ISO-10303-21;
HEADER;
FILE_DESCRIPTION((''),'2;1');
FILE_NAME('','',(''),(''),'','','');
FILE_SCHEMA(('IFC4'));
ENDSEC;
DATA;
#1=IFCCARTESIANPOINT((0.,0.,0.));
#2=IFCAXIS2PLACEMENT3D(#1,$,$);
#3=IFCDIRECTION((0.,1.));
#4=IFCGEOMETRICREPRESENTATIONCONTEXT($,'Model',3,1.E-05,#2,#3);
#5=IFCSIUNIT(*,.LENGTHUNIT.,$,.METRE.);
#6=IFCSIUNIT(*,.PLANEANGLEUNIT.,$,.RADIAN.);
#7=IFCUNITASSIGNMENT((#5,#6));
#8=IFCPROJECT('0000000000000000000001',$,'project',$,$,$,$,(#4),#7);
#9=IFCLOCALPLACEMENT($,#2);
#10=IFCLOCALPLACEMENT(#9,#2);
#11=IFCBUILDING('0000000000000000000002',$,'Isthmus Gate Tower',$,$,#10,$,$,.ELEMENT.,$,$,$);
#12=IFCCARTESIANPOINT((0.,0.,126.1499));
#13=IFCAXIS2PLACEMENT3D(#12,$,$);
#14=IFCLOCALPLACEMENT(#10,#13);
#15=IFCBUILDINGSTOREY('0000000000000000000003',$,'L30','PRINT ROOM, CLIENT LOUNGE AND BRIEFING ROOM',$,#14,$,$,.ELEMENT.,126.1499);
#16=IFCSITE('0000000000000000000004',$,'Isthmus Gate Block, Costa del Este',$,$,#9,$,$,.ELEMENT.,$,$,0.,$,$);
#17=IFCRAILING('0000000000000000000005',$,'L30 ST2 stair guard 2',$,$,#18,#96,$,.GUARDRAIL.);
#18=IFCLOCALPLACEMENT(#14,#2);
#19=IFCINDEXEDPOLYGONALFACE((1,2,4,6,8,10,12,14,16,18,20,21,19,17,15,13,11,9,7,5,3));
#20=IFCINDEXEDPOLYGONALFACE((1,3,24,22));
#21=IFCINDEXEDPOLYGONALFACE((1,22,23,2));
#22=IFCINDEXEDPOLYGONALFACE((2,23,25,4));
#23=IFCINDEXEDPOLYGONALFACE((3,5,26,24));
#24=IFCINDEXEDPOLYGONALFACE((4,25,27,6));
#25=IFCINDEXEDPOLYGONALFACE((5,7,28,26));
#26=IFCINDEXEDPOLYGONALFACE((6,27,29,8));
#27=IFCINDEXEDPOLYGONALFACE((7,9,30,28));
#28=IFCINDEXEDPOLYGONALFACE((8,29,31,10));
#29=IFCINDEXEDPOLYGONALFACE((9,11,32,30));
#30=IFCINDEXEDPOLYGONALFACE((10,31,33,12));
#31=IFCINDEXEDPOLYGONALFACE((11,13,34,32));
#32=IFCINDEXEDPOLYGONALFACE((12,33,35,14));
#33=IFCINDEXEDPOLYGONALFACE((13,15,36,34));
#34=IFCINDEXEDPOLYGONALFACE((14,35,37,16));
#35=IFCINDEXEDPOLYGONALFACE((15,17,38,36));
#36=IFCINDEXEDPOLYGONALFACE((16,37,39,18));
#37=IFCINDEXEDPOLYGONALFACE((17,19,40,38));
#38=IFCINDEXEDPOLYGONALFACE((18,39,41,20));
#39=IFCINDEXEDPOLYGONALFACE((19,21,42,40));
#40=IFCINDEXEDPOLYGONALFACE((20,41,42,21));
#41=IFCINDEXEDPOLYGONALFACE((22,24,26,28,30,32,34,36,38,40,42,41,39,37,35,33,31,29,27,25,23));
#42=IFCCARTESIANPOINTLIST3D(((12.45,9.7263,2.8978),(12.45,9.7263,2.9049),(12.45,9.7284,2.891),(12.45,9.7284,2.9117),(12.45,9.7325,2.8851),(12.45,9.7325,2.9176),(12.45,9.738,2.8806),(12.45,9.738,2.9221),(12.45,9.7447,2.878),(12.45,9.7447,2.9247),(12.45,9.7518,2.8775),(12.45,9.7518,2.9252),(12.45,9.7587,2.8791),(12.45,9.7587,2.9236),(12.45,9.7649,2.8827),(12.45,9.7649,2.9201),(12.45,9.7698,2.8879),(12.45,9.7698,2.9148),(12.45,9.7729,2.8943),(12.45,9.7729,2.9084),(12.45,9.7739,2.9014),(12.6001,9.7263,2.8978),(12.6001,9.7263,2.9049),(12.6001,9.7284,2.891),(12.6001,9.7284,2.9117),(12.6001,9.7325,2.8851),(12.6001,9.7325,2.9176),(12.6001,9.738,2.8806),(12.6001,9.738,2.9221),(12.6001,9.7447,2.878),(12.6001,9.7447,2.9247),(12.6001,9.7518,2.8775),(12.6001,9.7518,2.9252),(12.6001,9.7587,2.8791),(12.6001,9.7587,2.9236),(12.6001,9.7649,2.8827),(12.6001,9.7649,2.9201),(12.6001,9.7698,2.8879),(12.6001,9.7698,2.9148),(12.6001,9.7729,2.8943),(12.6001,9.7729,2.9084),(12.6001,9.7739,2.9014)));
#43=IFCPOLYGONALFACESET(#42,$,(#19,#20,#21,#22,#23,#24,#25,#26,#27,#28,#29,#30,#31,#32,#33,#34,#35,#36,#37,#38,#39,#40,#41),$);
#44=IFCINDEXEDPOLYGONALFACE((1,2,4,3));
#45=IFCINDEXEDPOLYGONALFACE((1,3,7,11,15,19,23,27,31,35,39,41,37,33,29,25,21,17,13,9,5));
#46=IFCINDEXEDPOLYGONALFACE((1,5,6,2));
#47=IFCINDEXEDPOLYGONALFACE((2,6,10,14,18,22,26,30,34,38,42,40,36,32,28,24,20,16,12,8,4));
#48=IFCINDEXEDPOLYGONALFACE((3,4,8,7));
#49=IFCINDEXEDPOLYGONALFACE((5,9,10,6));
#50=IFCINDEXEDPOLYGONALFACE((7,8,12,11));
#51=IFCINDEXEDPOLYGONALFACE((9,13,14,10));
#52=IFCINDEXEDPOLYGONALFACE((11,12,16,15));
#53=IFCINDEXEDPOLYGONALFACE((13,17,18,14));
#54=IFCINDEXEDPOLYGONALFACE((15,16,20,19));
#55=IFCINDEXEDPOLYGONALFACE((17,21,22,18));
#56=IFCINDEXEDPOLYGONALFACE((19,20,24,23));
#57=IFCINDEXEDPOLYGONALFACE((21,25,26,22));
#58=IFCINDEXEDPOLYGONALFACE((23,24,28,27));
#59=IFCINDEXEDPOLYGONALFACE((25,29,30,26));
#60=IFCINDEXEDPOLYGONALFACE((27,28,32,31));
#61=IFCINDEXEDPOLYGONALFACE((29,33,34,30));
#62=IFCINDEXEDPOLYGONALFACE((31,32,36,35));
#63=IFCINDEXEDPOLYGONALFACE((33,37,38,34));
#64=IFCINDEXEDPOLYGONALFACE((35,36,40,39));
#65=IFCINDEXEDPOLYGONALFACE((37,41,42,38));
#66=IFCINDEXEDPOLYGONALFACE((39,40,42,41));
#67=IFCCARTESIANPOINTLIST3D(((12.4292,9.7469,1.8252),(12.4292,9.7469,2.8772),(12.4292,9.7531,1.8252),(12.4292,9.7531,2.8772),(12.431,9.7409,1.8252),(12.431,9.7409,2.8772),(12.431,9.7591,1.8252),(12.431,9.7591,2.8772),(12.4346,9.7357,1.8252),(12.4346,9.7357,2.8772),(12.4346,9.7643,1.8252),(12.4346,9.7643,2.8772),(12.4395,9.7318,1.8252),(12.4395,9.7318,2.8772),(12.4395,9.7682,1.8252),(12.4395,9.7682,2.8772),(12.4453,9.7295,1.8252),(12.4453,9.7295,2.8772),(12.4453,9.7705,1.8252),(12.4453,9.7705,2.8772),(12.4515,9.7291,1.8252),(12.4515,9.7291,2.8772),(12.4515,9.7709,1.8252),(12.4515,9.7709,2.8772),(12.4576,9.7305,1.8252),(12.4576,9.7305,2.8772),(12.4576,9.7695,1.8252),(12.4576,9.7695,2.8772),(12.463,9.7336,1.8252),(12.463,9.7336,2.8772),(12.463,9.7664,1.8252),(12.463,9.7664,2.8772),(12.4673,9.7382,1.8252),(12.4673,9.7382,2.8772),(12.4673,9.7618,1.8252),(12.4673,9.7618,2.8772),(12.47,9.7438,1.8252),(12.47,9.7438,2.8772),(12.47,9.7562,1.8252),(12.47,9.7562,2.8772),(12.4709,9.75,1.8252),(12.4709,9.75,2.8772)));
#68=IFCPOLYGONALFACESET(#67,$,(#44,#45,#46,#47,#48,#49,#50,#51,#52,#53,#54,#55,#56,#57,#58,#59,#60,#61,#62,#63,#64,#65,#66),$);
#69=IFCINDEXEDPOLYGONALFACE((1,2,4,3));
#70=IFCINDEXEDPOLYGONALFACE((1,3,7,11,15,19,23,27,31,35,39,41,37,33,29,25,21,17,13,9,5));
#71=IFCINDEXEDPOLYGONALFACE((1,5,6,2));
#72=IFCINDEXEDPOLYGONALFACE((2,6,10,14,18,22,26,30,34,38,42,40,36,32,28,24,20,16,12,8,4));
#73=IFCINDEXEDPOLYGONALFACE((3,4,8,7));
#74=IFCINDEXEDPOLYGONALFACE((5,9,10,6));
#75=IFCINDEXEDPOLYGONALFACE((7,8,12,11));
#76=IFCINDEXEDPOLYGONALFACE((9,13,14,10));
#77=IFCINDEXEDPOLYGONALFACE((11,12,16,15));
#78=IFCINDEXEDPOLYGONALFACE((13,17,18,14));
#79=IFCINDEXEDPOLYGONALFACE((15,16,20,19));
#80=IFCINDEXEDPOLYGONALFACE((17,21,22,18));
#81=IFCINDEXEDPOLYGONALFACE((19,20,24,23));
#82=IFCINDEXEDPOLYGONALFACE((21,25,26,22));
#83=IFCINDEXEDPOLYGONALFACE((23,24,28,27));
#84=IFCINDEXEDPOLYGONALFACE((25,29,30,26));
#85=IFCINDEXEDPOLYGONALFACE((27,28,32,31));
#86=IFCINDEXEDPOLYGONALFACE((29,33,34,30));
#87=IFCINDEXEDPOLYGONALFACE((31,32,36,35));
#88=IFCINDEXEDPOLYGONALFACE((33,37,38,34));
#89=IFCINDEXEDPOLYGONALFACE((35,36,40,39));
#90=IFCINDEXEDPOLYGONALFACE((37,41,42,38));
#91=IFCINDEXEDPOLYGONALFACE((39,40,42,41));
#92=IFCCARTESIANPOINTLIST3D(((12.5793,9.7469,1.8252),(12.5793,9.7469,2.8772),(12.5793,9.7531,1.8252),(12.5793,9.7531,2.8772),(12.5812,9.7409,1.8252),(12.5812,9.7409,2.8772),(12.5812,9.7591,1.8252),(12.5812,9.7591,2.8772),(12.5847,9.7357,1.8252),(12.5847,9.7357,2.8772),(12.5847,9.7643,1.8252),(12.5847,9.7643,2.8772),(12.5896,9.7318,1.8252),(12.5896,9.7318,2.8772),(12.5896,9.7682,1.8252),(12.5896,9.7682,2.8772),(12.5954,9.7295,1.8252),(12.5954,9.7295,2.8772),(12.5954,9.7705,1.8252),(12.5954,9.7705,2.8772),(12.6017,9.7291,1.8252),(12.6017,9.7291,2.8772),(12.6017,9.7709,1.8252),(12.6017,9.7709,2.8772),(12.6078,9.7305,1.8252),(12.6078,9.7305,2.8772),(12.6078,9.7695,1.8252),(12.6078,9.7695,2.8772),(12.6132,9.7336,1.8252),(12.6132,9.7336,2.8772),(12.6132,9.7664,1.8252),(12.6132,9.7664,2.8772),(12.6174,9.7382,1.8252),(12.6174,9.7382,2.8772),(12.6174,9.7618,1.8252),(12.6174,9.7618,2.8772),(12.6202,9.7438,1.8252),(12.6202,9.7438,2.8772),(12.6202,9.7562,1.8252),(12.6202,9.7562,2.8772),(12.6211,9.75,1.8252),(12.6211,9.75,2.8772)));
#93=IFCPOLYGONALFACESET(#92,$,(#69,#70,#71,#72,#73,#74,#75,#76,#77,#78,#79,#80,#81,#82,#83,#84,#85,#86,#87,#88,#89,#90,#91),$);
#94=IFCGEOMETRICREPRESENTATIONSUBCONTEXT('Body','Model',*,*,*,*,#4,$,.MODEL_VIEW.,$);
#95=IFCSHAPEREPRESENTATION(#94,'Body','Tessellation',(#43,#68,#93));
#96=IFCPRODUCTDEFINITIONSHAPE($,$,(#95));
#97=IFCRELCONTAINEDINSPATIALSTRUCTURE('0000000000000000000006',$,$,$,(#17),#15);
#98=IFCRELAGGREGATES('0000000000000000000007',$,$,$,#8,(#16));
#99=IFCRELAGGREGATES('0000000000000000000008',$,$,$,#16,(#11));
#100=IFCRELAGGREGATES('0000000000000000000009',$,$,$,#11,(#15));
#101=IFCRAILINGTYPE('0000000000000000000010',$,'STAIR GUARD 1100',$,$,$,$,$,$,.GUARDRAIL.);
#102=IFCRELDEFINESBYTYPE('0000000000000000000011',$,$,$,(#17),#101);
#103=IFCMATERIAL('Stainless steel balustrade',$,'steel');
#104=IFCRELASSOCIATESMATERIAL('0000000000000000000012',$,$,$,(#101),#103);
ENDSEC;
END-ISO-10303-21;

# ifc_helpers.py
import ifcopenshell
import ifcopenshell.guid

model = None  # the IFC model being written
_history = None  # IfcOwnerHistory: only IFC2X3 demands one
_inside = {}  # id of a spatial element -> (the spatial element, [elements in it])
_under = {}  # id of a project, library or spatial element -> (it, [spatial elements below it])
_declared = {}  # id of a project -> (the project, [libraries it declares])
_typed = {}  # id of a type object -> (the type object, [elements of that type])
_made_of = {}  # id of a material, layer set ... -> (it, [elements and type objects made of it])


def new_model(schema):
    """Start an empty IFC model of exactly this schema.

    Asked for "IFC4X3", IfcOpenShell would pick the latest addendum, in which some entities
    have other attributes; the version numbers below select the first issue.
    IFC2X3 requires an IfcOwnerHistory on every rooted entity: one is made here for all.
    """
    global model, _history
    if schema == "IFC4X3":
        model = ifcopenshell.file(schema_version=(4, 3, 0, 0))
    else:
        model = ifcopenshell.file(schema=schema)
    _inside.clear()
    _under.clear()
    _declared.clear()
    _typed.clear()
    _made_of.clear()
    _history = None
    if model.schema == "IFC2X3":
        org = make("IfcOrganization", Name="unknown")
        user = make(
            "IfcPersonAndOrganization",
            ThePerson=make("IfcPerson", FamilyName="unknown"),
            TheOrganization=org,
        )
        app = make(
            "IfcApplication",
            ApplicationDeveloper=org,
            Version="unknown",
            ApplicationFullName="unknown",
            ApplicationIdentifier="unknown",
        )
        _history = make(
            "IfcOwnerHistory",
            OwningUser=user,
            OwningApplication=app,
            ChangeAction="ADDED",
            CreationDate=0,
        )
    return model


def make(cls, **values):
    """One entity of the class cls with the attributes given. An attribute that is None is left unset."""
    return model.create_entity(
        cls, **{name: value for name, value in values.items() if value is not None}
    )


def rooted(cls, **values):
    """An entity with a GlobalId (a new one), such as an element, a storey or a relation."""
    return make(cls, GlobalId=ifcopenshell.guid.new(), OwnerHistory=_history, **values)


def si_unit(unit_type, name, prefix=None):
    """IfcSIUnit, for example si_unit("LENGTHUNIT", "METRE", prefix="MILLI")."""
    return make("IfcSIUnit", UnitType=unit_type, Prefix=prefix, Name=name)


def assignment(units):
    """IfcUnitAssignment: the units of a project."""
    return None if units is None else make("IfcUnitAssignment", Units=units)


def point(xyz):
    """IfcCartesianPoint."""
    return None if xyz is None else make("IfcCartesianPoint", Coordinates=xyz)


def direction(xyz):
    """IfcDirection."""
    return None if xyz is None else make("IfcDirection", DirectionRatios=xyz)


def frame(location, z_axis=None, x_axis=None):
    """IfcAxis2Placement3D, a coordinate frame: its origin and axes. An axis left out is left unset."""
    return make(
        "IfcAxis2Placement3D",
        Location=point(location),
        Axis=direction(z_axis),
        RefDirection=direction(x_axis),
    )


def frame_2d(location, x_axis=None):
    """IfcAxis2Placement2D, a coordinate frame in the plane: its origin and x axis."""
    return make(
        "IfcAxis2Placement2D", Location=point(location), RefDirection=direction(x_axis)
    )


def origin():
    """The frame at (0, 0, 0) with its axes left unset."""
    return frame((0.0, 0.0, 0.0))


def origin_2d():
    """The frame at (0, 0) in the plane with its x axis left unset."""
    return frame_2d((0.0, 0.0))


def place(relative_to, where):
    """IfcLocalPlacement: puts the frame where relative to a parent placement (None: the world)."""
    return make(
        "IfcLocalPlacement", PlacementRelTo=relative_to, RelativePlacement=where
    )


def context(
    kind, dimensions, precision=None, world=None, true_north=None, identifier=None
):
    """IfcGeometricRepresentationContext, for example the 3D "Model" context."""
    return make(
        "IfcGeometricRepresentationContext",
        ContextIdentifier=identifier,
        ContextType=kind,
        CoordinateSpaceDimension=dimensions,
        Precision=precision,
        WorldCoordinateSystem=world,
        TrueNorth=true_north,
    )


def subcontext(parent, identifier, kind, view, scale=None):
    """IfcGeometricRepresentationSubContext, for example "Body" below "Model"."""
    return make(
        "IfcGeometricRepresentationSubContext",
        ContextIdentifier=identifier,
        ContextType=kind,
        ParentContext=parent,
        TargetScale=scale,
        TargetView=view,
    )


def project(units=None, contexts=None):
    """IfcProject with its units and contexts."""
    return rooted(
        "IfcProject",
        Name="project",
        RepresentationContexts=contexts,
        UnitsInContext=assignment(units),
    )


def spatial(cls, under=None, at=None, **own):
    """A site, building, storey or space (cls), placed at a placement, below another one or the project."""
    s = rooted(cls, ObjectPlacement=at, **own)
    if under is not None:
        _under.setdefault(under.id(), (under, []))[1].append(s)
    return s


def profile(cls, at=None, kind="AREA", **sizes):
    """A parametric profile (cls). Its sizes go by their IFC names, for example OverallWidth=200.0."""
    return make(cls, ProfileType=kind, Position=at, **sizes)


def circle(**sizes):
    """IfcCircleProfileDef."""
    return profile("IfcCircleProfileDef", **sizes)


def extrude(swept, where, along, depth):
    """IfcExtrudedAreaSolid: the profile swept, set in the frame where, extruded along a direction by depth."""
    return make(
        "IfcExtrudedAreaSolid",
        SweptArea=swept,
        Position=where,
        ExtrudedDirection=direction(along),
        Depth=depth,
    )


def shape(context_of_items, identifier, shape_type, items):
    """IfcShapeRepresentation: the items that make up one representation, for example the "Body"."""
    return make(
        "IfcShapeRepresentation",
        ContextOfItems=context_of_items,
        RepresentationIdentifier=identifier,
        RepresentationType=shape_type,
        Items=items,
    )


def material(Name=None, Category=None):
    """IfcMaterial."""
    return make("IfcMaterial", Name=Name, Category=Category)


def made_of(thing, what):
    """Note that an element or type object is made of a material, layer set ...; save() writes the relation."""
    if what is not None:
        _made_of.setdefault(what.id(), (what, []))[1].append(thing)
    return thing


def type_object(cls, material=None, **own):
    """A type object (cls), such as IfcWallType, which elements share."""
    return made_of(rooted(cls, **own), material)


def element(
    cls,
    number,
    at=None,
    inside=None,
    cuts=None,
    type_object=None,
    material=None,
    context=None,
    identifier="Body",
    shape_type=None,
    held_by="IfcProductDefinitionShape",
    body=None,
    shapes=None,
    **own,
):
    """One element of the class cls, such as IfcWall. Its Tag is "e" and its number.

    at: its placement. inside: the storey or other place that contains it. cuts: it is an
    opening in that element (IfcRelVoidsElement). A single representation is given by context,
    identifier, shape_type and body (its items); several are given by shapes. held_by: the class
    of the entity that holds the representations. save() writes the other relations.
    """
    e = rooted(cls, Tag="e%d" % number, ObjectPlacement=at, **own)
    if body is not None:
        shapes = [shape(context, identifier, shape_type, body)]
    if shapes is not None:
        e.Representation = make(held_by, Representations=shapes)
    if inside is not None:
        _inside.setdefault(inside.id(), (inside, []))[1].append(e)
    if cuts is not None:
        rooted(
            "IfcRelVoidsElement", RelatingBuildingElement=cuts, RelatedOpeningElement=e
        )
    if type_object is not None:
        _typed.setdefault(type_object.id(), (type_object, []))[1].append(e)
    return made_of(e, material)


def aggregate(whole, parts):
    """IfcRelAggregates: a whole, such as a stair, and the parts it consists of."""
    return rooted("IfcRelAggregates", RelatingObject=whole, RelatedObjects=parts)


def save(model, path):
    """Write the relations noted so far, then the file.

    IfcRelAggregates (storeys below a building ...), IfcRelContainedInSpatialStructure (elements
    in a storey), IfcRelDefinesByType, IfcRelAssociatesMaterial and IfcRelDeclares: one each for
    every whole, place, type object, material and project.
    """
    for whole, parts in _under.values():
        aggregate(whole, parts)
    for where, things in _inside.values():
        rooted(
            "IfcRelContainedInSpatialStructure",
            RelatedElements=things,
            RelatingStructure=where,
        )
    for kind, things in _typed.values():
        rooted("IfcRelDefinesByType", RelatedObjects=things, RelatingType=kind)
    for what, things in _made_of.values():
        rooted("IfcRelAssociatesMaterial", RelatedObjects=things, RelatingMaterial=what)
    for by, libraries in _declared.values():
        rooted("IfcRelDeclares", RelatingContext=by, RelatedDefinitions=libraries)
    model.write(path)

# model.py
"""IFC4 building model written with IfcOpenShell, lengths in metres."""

from ifc_helpers import new_model, si_unit, direction, frame, origin, origin_2d, place, context, subcontext, project, spatial, circle, extrude, material, type_object, element, save


model = new_model("IFC4")

# Units and contexts
model_context = context("Model", 3, precision=1e-05, world=origin(), true_north=direction((0.0, 1.0)))
body_context = subcontext(model_context, "Body", "Model", "MODEL_VIEW")
ifc_project = project(units=[si_unit("LENGTHUNIT", "METRE"), si_unit("PLANEANGLEUNIT", "RADIAN")], contexts=[model_context])

# Site, building, storey
site_placement = place(None, origin())
site = spatial("IfcSite", under=ifc_project, at=site_placement, Name="Isthmus Gate Block, Costa del Este", CompositionType="ELEMENT", RefElevation=0.0)
building_placement = place(site_placement, origin())
building = spatial("IfcBuilding", under=site, at=building_placement, Name="Isthmus Gate Tower", CompositionType="ELEMENT")
storey_placement = place(building_placement, frame((0.0, 0.0, 126.1499)))
storey = spatial("IfcBuildingStorey", under=building, at=storey_placement, Name="L30", Description="PRINT ROOM, CLIENT LOUNGE AND BRIEFING ROOM", CompositionType="ELEMENT", Elevation=126.1499)

# Railing
ifc_material_1 = material(Name="Stainless steel balustrade", Category="steel")
railing_type_1 = type_object("IfcRailingType", Name="STAIR GUARD 1100", PredefinedType="GUARDRAIL", material=ifc_material_1)
railing_1_placement = place(storey_placement, frame((12.45, 9.75, 1.8252)))
element("IfcRailing", 1, at=railing_1_placement, inside=storey, type_object=railing_type_1, Name="L30 ST2 stair guard 2", PredefinedType="GUARDRAIL", context=body_context, shape_type="SweptSolid", body=[
    extrude(circle(Radius=0.0239, at=origin_2d()), frame((0.0, 0.0, 1.0762), z_axis=(1.0, 0.0, 0.0), x_axis=(0.0, 1.0, 0.0)), (0.0, 0.0, 1.0), 0.1501),
    extrude(circle(Radius=0.021, at=origin_2d()), origin(), (0.0, 0.0, 1.0), 1.052),
    extrude(circle(Radius=0.021, at=origin_2d()), frame((0.1501, 0.0, 0.0)), (0.0, 0.0, 1.0), 1.052),
])

save(model, "model.ifc")
